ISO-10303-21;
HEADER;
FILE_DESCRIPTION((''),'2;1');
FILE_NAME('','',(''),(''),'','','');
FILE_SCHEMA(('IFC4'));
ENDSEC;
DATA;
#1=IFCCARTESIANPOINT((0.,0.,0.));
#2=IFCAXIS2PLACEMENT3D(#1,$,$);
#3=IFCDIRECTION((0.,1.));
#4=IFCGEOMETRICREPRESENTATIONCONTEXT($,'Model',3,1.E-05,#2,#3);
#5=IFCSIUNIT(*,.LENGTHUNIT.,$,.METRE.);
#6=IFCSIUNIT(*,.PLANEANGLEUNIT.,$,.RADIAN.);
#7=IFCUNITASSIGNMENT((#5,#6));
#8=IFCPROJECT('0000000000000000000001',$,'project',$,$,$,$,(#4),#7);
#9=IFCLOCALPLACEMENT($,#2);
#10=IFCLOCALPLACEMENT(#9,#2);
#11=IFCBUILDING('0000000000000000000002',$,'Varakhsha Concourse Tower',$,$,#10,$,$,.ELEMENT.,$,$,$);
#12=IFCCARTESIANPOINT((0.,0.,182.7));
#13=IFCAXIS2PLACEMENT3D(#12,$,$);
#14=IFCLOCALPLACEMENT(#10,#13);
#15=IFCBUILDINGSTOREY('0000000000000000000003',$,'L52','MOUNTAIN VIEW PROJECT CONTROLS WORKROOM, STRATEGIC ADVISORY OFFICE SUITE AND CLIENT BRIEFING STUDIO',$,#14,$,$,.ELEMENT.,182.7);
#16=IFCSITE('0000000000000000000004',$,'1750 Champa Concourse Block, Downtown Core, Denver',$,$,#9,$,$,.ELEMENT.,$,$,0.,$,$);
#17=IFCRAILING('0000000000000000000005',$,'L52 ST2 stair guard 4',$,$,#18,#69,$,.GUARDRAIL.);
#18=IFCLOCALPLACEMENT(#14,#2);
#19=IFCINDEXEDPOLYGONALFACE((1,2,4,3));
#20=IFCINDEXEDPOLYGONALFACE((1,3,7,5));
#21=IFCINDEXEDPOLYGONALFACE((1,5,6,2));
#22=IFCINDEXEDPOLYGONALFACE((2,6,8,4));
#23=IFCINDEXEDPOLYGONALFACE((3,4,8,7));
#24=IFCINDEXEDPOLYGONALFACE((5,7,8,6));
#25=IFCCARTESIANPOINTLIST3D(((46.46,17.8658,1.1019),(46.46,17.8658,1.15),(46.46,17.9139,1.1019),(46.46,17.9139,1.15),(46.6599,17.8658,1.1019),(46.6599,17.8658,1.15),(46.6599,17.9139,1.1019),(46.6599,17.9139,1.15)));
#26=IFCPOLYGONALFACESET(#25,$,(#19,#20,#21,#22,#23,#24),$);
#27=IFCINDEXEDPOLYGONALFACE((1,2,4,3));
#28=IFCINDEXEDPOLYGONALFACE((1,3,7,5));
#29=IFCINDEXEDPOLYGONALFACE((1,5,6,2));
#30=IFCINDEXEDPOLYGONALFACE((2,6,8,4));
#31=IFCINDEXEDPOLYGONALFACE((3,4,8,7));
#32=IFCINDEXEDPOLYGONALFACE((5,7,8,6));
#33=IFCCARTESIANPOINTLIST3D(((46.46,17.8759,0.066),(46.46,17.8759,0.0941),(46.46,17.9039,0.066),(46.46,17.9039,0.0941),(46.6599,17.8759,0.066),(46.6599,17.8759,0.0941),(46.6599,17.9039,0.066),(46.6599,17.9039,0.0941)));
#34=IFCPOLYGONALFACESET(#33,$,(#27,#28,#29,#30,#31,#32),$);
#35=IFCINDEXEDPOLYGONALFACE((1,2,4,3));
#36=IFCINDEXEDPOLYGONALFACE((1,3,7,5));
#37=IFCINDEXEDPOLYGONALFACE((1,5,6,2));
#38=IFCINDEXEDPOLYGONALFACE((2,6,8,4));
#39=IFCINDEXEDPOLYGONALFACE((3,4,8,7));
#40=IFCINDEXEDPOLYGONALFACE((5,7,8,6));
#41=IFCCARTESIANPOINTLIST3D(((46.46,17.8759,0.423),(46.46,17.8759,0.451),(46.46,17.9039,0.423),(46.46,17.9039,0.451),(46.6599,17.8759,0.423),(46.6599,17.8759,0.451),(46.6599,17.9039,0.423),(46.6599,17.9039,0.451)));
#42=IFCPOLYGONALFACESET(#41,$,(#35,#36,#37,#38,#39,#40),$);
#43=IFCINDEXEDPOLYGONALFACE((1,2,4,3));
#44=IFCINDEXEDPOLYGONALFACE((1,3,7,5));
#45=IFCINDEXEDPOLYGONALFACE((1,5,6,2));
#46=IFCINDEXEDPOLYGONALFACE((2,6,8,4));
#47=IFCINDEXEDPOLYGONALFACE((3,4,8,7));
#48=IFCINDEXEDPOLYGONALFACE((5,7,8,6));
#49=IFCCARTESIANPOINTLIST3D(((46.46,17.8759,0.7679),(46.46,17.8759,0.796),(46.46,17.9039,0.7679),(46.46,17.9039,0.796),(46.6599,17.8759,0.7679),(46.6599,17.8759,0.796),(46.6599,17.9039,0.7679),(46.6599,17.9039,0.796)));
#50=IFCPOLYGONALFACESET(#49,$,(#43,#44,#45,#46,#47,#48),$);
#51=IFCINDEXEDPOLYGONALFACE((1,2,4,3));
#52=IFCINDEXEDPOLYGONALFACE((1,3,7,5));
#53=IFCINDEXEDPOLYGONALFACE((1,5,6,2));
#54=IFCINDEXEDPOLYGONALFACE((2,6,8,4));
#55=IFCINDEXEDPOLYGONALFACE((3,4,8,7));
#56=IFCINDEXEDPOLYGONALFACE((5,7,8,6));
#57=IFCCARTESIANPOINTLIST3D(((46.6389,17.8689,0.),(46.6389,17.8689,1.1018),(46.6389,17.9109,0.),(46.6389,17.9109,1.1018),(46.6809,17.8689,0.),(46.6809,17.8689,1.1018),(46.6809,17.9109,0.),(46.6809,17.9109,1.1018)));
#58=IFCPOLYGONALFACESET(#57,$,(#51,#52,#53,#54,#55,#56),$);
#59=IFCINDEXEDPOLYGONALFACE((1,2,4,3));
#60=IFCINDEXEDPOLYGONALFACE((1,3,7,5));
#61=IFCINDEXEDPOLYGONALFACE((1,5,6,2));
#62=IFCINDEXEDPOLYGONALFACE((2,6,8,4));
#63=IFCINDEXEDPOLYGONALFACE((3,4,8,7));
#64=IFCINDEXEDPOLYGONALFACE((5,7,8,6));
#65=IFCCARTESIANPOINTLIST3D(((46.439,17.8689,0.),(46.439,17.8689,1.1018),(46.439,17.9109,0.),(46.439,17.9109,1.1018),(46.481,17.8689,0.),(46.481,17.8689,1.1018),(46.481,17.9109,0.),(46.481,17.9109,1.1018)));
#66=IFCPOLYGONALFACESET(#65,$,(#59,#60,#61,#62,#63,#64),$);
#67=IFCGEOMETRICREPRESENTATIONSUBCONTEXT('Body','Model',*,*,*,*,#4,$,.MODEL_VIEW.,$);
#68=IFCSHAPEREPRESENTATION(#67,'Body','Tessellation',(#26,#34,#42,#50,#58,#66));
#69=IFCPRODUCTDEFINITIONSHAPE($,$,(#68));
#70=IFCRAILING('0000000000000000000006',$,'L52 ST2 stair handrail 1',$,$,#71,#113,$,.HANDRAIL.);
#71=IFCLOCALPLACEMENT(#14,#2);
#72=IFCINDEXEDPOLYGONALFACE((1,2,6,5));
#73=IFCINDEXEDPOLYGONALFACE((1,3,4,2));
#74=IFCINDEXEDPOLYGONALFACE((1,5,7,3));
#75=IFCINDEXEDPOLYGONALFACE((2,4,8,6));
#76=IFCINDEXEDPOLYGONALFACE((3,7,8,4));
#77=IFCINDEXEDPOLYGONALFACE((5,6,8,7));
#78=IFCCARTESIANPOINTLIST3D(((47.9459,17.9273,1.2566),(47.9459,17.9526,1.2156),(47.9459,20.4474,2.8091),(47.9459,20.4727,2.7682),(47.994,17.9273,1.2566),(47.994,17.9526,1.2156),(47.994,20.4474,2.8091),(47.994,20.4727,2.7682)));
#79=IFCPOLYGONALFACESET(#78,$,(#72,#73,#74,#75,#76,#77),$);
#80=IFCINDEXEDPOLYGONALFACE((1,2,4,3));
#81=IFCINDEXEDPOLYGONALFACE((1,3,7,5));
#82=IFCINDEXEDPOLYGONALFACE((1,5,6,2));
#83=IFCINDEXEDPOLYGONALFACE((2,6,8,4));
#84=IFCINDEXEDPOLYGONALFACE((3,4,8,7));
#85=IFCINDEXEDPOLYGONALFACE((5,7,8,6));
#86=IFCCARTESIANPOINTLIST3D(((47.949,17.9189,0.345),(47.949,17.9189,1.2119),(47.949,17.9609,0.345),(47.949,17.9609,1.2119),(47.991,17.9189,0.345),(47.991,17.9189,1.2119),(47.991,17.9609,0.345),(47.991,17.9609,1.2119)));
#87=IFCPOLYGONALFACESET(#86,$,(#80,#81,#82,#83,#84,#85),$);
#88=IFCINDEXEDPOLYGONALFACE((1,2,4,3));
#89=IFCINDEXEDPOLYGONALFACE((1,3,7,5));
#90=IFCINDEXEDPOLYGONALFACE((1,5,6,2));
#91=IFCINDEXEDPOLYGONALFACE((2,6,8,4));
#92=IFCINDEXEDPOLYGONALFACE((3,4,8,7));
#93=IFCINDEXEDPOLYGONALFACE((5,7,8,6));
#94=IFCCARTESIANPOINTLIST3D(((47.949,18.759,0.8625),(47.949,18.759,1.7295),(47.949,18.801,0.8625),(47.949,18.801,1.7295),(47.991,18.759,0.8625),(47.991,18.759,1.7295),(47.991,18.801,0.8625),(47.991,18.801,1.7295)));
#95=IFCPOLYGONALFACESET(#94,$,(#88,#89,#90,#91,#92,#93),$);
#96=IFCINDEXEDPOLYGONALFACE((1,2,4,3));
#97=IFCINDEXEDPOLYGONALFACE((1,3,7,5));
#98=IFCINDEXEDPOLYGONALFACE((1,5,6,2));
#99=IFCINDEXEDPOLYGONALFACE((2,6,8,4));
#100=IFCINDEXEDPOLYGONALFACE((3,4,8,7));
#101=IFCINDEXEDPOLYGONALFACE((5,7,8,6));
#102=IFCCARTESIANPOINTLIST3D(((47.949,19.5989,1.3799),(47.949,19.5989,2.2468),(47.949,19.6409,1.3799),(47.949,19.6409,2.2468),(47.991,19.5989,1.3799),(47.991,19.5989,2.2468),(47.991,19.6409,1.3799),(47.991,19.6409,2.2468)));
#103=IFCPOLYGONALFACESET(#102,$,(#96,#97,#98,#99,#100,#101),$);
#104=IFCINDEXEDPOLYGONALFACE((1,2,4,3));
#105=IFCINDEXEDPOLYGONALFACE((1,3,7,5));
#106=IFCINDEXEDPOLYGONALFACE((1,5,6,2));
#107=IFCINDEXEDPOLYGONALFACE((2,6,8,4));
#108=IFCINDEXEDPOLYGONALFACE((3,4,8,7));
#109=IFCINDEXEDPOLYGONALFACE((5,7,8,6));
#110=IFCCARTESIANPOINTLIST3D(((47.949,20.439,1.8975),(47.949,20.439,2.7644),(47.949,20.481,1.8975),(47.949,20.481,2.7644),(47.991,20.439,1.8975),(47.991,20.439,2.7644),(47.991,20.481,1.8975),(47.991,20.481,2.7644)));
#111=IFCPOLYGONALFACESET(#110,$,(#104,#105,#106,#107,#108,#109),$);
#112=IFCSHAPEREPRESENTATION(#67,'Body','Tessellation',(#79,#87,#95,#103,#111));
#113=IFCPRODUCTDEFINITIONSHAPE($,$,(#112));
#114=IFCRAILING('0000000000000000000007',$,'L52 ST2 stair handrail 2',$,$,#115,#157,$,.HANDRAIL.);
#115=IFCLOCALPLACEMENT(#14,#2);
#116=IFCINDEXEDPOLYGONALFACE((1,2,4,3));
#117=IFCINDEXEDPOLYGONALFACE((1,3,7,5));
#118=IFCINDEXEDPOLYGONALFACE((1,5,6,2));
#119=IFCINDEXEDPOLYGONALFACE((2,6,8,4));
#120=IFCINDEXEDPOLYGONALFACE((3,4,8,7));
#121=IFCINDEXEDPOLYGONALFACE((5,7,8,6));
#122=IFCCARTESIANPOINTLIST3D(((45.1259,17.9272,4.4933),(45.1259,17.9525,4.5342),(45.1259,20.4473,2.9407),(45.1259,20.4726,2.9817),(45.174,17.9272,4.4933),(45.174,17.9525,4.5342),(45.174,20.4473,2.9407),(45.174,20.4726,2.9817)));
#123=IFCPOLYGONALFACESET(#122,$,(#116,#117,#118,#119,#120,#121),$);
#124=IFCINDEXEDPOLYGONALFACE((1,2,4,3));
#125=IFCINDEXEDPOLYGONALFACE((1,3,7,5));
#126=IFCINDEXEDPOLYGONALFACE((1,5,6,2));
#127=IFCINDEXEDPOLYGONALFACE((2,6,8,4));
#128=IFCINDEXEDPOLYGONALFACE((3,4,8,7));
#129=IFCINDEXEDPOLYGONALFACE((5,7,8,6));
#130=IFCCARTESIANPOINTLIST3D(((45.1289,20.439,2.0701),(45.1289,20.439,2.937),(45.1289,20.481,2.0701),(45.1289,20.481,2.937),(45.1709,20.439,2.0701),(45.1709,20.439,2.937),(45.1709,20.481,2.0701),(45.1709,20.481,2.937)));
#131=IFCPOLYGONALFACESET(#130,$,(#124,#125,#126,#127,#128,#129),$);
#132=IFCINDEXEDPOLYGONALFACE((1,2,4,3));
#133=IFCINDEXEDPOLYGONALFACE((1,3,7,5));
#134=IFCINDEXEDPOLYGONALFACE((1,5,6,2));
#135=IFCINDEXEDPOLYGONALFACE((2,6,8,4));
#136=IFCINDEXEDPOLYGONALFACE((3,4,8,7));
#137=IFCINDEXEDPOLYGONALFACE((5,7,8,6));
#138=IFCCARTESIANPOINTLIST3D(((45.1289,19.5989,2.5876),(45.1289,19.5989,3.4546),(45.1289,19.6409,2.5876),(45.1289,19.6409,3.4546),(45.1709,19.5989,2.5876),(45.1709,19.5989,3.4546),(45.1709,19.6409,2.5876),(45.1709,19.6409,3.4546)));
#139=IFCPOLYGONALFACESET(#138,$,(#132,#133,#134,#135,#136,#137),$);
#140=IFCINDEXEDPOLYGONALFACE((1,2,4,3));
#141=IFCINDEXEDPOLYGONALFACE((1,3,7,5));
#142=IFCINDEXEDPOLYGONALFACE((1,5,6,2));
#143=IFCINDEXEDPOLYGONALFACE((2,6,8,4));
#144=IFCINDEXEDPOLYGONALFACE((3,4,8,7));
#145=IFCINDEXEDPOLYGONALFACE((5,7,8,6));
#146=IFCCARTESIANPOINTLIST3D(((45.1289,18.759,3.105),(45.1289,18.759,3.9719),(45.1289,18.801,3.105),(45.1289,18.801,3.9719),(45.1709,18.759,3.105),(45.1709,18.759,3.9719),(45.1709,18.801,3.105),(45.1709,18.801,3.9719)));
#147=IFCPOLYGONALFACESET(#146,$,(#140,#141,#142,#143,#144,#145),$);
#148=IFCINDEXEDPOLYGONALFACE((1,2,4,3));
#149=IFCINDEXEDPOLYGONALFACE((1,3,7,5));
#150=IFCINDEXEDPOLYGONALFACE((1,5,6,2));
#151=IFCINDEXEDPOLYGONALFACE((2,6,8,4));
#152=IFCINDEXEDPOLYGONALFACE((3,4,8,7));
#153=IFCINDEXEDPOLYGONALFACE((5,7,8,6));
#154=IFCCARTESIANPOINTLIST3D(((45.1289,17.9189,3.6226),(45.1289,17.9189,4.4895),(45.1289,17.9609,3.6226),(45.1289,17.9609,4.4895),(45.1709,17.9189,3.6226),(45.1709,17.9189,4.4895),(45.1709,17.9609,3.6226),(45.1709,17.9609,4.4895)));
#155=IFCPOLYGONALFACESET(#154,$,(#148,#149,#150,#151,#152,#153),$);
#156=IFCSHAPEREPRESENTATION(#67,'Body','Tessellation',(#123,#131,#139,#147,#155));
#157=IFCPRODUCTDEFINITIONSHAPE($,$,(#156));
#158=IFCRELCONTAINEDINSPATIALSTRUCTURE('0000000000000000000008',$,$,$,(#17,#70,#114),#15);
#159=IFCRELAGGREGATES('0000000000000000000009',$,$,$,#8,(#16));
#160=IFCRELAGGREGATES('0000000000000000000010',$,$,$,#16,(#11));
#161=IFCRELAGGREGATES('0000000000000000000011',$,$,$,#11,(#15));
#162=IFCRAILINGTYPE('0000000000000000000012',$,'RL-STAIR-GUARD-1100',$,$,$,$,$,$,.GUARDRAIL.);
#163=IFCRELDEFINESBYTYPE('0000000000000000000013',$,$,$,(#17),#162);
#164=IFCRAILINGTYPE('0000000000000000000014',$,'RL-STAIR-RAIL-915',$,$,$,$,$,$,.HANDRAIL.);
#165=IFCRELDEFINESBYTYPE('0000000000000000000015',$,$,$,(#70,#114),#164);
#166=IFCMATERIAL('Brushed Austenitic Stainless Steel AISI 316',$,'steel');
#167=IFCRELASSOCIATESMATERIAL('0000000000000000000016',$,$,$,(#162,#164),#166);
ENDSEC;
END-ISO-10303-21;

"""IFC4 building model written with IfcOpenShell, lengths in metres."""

from ifc_helpers import new_model, si_unit, direction, frame, origin, origin_2d, place, context, subcontext, project, spatial, rectangle, extrude, material, type_object, element, save


model = new_model("IFC4")

# Units and contexts
model_context = context("Model", 3, precision=1e-05, world=origin(), true_north=direction((0.0, 1.0)))
body_context = subcontext(model_context, "Body", "Model", "MODEL_VIEW")
ifc_project = project(units=[si_unit("LENGTHUNIT", "METRE"), si_unit("PLANEANGLEUNIT", "RADIAN")], contexts=[model_context])

# Site, building, storey
site_placement = place(None, origin())
site = spatial("IfcSite", under=ifc_project, at=site_placement, Name="1750 Champa Concourse Block, Downtown Core, Denver", CompositionType="ELEMENT", RefElevation=0.0)
building_placement = place(site_placement, origin())
building = spatial("IfcBuilding", under=site, at=building_placement, Name="Varakhsha Concourse Tower", CompositionType="ELEMENT")
storey_placement = place(building_placement, frame((0.0, 0.0, 182.7)))
storey = spatial("IfcBuildingStorey", under=building, at=storey_placement, Name="L52", Description="MOUNTAIN VIEW PROJECT CONTROLS WORKROOM, STRATEGIC ADVISORY OFFICE SUITE AND CLIENT BRIEFING STUDIO", CompositionType="ELEMENT", Elevation=182.7)

# Railings
ifc_material_1 = material(Name="Brushed Austenitic Stainless Steel AISI 316", Category="steel")
railing_type_1 = type_object("IfcRailingType", Name="RL-STAIR-GUARD-1100", PredefinedType="GUARDRAIL", material=ifc_material_1)
railing_1_placement = place(storey_placement, frame((46.6599, 17.8899, 0.0)))
element("IfcRailing", 1, at=railing_1_placement, inside=storey, type_object=railing_type_1, Name="L52 ST2 stair guard 4", PredefinedType="GUARDRAIL", context=body_context, shape_type="SweptSolid", body=[
    extrude(rectangle(XDim=0.0481, YDim=0.0481, at=origin_2d()), frame((0.0, 0.0, 1.126), z_axis=(-1.0, 0.0, 0.0), x_axis=(0.0, -1.0, 0.0)), (0.0, 0.0, 1.0), 0.2),
    extrude(rectangle(XDim=0.0281, YDim=0.0281, at=origin_2d()), frame((0.0, 0.0, 0.0801), z_axis=(-1.0, 0.0, 0.0), x_axis=(0.0, -1.0, 0.0)), (0.0, 0.0, 1.0), 0.2),
    extrude(rectangle(XDim=0.0281, YDim=0.0281, at=origin_2d()), frame((0.0, 0.0, 0.437), z_axis=(-1.0, 0.0, 0.0), x_axis=(0.0, -1.0, 0.0)), (0.0, 0.0, 1.0), 0.2),
    extrude(rectangle(XDim=0.0281, YDim=0.0281, at=origin_2d()), frame((0.0, 0.0, 0.782), z_axis=(-1.0, 0.0, 0.0), x_axis=(0.0, -1.0, 0.0)), (0.0, 0.0, 1.0), 0.2),
    extrude(rectangle(XDim=0.042, YDim=0.042, at=origin_2d()), origin(), (0.0, 0.0, 1.0), 1.1018),
    extrude(rectangle(XDim=0.042, YDim=0.042, at=origin_2d()), frame((-0.2, 0.0, 0.0)), (0.0, 0.0, 1.0), 1.1018),
])
railing_type_2 = type_object("IfcRailingType", Name="RL-STAIR-RAIL-915", PredefinedType="HANDRAIL", material=ifc_material_1)
railing_2_placement = place(storey_placement, frame((47.97, 17.9399, 0.345)))
element("IfcRailing", 2, at=railing_2_placement, inside=storey, type_object=railing_type_2, Name="L52 ST2 stair handrail 1", PredefinedType="HANDRAIL", context=body_context, shape_type="SweptSolid", body=[
    extrude(rectangle(XDim=0.0481, YDim=0.0481, at=origin_2d()), frame((0.0, 0.0, 0.8911), z_axis=(0.0, 0.8514, 0.524516), x_axis=(-1.0, 0.0, 0.0)), (0.0, 0.0, 1.0), 2.96),
    extrude(rectangle(XDim=0.042, YDim=0.042, at=origin_2d()), origin(), (0.0, 0.0, 1.0), 0.8669),
    extrude(rectangle(XDim=0.042, YDim=0.042, at=origin_2d()), frame((0.0, 0.8401, 0.5176)), (0.0, 0.0, 1.0), 0.8669),
    extrude(rectangle(XDim=0.042, YDim=0.042, at=origin_2d()), frame((0.0, 1.6799, 1.0349)), (0.0, 0.0, 1.0), 0.8669),
    extrude(rectangle(XDim=0.042, YDim=0.042, at=origin_2d()), frame((0.0, 2.52, 1.5525)), (0.0, 0.0, 1.0), 0.8669),
])
railing_3_placement = place(storey_placement, frame((45.1499, 20.46, 2.0701)))
element("IfcRailing", 3, at=railing_3_placement, inside=storey, type_object=railing_type_2, Name="L52 ST2 stair handrail 2", PredefinedType="HANDRAIL", context=body_context, shape_type="SweptSolid", body=[
    extrude(rectangle(XDim=0.0481, YDim=0.0481, at=origin_2d()), frame((0.0, 0.0, 0.8911), z_axis=(0.0, -0.8514, 0.524516), x_axis=(1.0, 0.0, 0.0)), (0.0, 0.0, 1.0), 2.96),
    extrude(rectangle(XDim=0.042, YDim=0.042, at=origin_2d()), origin(), (0.0, 0.0, 1.0), 0.8669),
    extrude(rectangle(XDim=0.042, YDim=0.042, at=origin_2d()), frame((0.0, -0.8401, 0.5176)), (0.0, 0.0, 1.0), 0.8669),
    extrude(rectangle(XDim=0.042, YDim=0.042, at=origin_2d()), frame((0.0, -1.6799, 1.0349)), (0.0, 0.0, 1.0), 0.8669),
    extrude(rectangle(XDim=0.042, YDim=0.042, at=origin_2d()), frame((0.0, -2.52, 1.5525)), (0.0, 0.0, 1.0), 0.8669),
])

save(model, "model.ifc")
